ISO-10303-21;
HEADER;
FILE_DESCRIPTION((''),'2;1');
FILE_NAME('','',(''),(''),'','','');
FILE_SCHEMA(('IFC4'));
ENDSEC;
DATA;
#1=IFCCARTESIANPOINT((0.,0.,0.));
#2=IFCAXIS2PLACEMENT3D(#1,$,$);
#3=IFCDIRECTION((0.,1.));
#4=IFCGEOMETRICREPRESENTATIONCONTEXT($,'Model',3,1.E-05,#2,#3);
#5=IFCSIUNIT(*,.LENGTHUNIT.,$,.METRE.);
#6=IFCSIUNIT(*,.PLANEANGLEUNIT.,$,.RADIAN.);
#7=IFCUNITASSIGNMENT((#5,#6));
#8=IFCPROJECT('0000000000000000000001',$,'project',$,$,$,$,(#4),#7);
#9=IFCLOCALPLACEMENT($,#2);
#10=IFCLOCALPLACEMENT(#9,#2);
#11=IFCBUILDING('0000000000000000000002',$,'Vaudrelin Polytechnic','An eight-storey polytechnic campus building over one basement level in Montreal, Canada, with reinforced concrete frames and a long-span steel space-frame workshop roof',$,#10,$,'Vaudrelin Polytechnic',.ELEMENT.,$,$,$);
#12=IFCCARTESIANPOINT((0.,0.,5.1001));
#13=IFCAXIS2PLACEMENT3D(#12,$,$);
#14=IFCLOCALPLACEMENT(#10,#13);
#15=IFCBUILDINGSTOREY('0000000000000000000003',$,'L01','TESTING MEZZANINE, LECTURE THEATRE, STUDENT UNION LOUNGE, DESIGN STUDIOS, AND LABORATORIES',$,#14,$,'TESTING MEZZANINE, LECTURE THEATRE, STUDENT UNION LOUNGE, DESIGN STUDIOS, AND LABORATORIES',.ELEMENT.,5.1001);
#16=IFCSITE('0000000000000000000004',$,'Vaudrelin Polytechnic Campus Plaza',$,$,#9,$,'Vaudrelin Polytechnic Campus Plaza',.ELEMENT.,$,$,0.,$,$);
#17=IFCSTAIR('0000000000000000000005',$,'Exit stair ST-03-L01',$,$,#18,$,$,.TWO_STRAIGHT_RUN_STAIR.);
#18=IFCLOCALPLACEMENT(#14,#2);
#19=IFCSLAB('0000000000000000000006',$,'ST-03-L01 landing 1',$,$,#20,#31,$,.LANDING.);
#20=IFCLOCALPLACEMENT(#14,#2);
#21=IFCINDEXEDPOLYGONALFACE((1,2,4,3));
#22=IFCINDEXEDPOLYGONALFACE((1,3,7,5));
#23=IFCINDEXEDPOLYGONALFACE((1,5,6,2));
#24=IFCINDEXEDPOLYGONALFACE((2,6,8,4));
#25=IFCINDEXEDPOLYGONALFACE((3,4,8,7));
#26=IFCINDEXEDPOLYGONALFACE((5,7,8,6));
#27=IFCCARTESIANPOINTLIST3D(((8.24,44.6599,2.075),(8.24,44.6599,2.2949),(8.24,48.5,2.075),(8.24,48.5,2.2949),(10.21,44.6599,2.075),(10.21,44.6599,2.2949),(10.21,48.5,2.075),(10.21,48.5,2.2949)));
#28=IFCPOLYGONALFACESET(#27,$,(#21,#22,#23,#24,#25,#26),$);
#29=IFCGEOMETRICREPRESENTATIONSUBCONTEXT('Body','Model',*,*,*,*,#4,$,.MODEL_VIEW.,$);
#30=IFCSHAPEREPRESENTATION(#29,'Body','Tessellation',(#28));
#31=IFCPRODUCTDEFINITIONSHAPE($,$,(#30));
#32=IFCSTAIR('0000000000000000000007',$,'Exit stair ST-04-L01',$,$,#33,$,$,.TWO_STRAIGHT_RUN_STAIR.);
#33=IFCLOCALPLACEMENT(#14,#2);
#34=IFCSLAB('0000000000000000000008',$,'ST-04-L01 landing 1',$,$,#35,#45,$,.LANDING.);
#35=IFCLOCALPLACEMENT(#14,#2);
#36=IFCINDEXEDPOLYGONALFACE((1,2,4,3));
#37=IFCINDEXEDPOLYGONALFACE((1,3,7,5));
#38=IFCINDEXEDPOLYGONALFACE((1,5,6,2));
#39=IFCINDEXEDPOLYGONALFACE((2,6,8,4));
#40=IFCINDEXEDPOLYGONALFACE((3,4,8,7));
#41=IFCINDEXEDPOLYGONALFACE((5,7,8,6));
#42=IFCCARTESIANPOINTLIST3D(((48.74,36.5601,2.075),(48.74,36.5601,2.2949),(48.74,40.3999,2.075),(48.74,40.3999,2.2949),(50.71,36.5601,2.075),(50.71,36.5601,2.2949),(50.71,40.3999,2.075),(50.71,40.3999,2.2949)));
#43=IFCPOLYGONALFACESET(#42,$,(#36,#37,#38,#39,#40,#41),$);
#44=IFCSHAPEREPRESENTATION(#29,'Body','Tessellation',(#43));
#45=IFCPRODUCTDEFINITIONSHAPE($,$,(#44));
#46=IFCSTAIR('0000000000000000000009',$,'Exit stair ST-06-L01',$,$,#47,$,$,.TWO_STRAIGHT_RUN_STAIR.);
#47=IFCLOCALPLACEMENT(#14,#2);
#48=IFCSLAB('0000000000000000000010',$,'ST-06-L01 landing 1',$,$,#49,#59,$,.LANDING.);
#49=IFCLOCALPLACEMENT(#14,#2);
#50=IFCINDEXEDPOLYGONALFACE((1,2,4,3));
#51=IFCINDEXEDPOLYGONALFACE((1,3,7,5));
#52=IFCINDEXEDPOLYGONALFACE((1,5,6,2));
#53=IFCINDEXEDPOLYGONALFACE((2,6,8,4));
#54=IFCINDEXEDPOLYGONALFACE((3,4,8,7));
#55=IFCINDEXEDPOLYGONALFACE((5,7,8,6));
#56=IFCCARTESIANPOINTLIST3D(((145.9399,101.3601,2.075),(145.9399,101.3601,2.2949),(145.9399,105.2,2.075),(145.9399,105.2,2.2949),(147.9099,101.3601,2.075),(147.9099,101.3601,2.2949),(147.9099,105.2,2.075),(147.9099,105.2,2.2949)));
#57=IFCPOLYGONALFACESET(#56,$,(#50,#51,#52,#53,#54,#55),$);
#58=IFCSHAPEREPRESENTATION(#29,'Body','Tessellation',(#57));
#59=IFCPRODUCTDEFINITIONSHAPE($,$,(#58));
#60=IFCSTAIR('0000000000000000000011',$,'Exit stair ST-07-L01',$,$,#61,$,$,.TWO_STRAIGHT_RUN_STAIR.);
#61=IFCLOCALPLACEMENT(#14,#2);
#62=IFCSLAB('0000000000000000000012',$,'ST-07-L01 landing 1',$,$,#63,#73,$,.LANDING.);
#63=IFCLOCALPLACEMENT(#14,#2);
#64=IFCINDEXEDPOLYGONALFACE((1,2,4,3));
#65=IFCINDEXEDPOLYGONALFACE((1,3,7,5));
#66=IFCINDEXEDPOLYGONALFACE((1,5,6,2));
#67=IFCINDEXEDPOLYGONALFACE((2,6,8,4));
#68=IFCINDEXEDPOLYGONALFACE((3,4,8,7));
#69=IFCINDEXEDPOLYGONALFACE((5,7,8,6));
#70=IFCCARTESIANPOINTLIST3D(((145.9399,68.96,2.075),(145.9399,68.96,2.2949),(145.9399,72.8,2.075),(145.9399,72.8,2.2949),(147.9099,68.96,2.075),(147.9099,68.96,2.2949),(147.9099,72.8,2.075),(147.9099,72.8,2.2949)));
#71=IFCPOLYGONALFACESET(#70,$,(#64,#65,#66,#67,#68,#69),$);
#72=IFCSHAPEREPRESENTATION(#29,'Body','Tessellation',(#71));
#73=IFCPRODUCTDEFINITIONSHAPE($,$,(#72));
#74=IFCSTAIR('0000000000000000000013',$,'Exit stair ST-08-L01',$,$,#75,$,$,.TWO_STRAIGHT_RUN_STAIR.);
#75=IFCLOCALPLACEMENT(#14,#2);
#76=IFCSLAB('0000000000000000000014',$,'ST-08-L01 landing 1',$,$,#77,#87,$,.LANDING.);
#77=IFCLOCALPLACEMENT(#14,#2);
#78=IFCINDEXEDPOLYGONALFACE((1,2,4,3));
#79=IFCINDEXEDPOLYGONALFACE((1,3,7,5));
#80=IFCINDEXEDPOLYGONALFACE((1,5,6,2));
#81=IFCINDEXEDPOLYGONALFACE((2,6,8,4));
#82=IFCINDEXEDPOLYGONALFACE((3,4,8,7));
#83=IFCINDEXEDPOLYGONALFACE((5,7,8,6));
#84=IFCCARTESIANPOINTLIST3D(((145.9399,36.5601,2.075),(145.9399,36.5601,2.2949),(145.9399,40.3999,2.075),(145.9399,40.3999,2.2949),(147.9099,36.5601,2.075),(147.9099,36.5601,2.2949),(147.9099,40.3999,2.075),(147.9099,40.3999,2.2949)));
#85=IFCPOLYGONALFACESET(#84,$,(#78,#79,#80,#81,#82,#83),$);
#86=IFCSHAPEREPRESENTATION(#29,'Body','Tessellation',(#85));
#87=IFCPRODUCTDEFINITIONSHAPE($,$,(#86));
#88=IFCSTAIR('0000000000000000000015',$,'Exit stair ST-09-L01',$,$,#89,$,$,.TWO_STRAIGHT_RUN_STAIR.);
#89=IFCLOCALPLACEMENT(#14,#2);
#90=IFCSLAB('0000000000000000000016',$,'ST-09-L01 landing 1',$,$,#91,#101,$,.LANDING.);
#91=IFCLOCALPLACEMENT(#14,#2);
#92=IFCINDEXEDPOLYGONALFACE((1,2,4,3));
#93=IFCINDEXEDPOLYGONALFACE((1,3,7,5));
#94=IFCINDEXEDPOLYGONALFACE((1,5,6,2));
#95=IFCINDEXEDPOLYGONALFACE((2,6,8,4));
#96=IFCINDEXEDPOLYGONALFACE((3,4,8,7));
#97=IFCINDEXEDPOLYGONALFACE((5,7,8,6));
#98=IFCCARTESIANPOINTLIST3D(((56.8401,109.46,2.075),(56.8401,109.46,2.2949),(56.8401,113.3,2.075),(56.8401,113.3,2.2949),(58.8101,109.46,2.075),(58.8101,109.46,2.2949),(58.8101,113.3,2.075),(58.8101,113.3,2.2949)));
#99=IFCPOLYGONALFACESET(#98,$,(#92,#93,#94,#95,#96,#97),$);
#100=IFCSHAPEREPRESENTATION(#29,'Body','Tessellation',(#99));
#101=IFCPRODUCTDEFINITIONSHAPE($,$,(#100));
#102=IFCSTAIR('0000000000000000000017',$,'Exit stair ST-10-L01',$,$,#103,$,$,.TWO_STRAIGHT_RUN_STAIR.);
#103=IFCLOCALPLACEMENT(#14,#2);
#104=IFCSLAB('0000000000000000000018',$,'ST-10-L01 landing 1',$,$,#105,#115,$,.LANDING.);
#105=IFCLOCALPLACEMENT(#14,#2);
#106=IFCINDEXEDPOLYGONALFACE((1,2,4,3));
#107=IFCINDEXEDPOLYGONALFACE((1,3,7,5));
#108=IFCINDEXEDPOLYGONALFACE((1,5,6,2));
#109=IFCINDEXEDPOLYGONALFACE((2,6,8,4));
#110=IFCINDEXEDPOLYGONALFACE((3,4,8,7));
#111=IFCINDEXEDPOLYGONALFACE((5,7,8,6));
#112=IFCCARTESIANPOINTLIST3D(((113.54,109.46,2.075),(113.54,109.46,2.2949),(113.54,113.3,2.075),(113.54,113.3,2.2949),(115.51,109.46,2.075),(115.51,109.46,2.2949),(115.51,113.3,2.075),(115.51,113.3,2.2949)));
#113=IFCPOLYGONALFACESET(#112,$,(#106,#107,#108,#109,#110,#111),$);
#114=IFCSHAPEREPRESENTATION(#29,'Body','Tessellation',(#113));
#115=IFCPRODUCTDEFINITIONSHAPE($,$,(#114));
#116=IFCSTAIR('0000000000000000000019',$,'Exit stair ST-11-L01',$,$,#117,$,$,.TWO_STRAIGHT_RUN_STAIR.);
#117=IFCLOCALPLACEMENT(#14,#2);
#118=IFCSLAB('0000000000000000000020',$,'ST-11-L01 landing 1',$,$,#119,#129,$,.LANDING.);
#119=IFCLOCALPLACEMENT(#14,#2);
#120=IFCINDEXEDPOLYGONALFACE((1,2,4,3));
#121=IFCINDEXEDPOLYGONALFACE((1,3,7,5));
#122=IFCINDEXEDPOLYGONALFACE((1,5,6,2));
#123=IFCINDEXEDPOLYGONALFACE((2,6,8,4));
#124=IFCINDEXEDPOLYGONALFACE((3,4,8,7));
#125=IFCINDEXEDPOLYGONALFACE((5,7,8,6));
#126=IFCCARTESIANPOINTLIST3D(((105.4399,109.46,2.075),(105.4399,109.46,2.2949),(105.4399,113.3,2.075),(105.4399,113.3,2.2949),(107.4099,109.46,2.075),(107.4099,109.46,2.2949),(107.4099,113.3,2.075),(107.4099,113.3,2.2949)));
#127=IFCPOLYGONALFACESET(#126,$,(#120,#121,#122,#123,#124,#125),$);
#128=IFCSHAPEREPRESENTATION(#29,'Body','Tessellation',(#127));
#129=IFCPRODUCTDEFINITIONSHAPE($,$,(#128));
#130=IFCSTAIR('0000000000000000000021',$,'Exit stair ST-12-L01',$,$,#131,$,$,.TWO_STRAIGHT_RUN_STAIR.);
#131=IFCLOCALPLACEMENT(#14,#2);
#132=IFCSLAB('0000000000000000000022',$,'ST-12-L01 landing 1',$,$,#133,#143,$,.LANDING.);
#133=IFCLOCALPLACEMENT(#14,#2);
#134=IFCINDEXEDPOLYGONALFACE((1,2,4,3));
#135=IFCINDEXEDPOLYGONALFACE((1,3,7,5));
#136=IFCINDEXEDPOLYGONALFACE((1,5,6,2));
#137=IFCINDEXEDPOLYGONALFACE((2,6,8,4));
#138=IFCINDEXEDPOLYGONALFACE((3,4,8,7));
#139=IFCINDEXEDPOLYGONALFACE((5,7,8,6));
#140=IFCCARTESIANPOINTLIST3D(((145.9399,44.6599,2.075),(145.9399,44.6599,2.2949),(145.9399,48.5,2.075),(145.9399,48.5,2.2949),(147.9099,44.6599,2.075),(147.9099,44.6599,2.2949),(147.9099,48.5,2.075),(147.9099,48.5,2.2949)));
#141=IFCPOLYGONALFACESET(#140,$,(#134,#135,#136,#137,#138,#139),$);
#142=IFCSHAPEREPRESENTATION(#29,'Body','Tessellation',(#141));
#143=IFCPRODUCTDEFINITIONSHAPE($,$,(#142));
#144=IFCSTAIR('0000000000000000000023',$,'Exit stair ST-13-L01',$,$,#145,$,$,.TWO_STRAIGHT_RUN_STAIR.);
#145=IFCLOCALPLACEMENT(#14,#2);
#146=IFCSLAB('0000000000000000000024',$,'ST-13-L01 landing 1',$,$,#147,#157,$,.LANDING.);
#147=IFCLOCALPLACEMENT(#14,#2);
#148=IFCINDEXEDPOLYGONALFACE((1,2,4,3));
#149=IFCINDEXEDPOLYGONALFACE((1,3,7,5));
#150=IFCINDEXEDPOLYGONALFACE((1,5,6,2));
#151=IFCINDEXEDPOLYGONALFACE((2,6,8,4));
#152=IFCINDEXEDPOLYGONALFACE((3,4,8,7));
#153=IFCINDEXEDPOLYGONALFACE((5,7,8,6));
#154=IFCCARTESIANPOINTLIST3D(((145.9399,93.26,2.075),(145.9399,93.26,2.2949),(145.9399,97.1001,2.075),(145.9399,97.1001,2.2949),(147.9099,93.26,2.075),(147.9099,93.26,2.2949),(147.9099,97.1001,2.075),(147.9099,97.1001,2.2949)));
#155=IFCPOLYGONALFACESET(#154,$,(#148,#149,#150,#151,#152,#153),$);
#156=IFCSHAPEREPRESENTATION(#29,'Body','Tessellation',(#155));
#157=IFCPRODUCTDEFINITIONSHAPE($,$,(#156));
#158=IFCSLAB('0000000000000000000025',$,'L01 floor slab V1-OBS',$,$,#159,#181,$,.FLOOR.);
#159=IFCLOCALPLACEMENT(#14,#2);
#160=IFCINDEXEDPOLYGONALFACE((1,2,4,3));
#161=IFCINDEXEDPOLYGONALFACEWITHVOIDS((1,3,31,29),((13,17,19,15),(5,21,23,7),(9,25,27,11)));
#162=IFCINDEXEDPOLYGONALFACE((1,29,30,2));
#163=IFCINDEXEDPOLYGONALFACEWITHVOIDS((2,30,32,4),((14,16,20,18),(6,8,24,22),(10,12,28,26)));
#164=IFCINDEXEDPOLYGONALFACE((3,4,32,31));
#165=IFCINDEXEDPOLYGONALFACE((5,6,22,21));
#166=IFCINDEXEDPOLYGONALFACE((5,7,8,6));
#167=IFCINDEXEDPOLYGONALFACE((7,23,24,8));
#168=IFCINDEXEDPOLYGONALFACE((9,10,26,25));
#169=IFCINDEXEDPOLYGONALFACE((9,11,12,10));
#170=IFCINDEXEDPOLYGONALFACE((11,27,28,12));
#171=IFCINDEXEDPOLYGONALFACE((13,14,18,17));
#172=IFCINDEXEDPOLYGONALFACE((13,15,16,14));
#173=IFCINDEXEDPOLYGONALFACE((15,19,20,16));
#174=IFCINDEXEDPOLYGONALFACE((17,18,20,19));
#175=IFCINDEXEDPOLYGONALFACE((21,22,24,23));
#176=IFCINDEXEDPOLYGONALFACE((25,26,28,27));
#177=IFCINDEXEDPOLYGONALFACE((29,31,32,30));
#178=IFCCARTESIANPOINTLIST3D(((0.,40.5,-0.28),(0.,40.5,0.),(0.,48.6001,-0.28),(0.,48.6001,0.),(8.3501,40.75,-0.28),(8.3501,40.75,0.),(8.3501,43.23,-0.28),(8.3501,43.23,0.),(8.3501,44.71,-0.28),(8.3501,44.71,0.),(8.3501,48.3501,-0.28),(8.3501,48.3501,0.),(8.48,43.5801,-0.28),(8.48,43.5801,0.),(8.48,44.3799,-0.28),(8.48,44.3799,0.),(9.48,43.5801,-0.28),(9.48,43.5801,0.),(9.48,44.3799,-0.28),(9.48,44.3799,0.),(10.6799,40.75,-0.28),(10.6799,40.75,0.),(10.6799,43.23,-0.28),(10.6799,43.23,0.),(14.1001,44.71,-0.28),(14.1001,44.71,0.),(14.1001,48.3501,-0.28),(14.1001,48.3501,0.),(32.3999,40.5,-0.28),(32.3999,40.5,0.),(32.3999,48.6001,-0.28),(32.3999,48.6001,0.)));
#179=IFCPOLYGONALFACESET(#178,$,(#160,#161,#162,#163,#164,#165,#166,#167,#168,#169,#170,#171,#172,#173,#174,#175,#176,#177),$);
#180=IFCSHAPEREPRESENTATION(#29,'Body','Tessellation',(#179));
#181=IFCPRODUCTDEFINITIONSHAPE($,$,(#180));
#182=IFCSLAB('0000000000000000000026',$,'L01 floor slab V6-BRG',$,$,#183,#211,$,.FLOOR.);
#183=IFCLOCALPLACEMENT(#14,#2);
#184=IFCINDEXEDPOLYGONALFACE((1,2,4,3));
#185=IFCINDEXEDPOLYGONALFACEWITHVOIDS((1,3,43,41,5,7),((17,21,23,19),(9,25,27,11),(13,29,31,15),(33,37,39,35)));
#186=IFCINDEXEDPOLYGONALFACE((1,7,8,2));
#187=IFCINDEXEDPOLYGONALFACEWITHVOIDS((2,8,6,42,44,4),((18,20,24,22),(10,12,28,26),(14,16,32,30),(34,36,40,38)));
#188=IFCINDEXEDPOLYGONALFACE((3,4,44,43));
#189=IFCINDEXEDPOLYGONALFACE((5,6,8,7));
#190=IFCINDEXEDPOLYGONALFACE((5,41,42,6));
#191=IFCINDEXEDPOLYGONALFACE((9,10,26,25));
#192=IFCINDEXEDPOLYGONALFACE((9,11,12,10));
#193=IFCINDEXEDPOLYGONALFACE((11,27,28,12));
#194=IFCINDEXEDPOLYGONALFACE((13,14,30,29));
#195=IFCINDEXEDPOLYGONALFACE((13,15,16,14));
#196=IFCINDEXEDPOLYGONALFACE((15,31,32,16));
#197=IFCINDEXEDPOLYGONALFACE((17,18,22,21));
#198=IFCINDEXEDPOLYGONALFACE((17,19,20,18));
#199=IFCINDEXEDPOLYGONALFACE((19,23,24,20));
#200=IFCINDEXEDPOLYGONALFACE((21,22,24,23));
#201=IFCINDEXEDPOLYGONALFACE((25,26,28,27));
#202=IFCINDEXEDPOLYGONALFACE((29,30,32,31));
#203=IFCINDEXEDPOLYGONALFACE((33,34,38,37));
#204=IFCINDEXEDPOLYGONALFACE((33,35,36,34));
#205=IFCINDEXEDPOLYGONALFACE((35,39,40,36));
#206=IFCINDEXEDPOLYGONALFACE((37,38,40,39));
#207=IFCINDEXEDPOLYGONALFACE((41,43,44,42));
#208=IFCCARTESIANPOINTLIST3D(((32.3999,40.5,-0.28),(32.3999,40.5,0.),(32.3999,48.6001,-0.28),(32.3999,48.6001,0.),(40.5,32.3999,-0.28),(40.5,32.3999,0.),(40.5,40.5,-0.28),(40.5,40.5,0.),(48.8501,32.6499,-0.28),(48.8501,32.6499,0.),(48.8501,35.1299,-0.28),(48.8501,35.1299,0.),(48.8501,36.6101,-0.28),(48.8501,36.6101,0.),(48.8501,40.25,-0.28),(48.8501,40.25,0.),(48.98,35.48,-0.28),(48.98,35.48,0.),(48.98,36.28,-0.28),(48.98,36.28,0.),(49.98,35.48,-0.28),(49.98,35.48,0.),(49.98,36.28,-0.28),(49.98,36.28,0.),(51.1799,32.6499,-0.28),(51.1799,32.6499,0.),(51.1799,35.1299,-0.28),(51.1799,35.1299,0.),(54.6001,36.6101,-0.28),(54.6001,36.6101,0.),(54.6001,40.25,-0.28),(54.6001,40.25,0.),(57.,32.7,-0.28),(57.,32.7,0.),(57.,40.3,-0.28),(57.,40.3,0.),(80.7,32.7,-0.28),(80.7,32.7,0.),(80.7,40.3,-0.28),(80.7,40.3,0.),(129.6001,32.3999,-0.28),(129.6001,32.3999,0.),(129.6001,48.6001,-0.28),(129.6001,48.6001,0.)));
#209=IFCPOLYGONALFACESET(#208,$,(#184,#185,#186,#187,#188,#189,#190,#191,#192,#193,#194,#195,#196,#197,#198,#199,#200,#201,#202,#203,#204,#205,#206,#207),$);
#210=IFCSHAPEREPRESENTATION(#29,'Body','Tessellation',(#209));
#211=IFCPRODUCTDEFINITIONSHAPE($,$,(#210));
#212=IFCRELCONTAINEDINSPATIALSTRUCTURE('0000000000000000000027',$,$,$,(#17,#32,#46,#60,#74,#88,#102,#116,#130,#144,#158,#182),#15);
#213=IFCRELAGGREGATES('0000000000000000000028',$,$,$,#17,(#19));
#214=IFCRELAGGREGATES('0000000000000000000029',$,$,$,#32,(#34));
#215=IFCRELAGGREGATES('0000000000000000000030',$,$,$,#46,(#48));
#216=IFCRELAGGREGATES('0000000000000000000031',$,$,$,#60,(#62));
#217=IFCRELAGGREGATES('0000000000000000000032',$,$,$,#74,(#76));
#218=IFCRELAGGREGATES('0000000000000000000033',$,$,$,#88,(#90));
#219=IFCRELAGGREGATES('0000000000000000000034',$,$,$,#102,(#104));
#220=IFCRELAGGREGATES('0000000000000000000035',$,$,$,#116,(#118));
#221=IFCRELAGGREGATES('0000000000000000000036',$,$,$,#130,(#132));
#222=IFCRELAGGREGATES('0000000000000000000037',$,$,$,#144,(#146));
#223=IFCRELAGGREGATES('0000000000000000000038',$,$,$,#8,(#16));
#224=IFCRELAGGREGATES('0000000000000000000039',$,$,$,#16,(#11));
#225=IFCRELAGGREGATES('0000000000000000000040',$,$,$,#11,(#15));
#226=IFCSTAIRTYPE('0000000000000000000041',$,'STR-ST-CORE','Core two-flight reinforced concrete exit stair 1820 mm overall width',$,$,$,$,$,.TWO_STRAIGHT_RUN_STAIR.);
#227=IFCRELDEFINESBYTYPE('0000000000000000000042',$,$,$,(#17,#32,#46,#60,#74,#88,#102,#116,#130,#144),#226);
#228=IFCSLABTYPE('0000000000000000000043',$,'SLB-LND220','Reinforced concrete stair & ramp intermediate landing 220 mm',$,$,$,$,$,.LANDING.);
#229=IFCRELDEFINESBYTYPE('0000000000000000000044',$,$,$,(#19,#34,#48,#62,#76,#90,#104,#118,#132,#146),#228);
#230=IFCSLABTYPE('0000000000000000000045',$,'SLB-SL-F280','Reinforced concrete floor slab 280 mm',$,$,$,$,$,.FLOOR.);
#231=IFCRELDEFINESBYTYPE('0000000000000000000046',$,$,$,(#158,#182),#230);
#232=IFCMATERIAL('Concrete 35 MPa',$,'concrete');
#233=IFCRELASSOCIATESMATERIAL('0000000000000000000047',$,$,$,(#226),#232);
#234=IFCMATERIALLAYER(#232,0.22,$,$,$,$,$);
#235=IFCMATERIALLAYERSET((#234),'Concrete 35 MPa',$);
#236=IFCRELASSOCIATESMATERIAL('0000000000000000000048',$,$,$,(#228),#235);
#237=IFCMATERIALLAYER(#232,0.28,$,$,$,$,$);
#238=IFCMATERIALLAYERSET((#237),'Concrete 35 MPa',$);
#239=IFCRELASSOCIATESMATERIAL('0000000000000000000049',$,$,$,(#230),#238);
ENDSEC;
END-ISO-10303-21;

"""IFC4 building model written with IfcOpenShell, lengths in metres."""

from ifc_helpers import new_model, si_unit, direction, frame, origin, place, context, subcontext, project, spatial, polyline, outline, extrude, material, layer, layer_set, type_object, element, aggregate, save


model = new_model("IFC4")

# Units and contexts
model_context = context("Model", 3, precision=1e-05, world=origin(), true_north=direction((0.0, 1.0)))
body_context = subcontext(model_context, "Body", "Model", "MODEL_VIEW")
ifc_project = project(units=[si_unit("LENGTHUNIT", "METRE"), si_unit("PLANEANGLEUNIT", "RADIAN")], contexts=[model_context])

# Site, building, storey
site_placement = place(None, origin())
site = spatial("IfcSite", under=ifc_project, at=site_placement, Name="Vaudrelin Polytechnic Campus Plaza", LongName="Vaudrelin Polytechnic Campus Plaza", CompositionType="ELEMENT", RefElevation=0.0)
building_placement = place(site_placement, origin())
building = spatial("IfcBuilding", under=site, at=building_placement, Name="Vaudrelin Polytechnic", Description="An eight-storey polytechnic campus building over one basement level in Montreal, Canada, with reinforced concrete frames and a long-span steel space-frame workshop roof", LongName="Vaudrelin Polytechnic", CompositionType="ELEMENT")
storey_placement = place(building_placement, frame((0.0, 0.0, 5.1001)))
storey = spatial("IfcBuildingStorey", under=building, at=storey_placement, Name="L01", Description="TESTING MEZZANINE, LECTURE THEATRE, STUDENT UNION LOUNGE, DESIGN STUDIOS, AND LABORATORIES", LongName="TESTING MEZZANINE, LECTURE THEATRE, STUDENT UNION LOUNGE, DESIGN STUDIOS, AND LABORATORIES", CompositionType="ELEMENT", Elevation=5.1001)

# Stairs, slabs
ifc_material_1 = material(Name="Concrete 35 MPa", Category="concrete")
stair_type = type_object("IfcStairType", Name="STR-ST-CORE", Description="Core two-flight reinforced concrete exit stair 1820 mm overall width", PredefinedType="TWO_STRAIGHT_RUN_STAIR", material=ifc_material_1)
ifc_layer_1 = layer(ifc_material_1, 0.22)
ifc_layer_set_1 = layer_set([ifc_layer_1], Name="Concrete 35 MPa")
slab_type_1 = type_object("IfcSlabType", Name="SLB-LND220", Description="Reinforced concrete stair & ramp intermediate landing 220 mm", PredefinedType="LANDING", material=ifc_layer_set_1)
stair_1_placement = place(storey_placement, origin())
stair_1 = element("IfcStair", 1, at=stair_1_placement, inside=storey, type_object=stair_type, Name="Exit stair ST-03-L01", PredefinedType="TWO_STRAIGHT_RUN_STAIR")
slab_1_placement = place(storey_placement, frame((0.0, 0.0, 2.075)))
slab_1 = element("IfcSlab", 2, at=slab_1_placement, type_object=slab_type_1, Name="ST-03-L01 landing 1", PredefinedType="LANDING", context=body_context, shape_type="SweptSolid", body=[
    extrude(outline(polyline([(8.24, 44.6599), (10.21, 44.6599), (10.21, 48.5), (8.24, 48.5), (8.24, 44.6599)])), origin(), (0.0, 0.0, 1.0), 0.22),
])
aggregate(stair_1, [slab_1])
stair_2_placement = place(storey_placement, origin())
stair_2 = element("IfcStair", 3, at=stair_2_placement, inside=storey, type_object=stair_type, Name="Exit stair ST-04-L01", PredefinedType="TWO_STRAIGHT_RUN_STAIR")
slab_2_placement = place(storey_placement, frame((0.0, 0.0, 2.075)))
slab_2 = element("IfcSlab", 4, at=slab_2_placement, type_object=slab_type_1, Name="ST-04-L01 landing 1", PredefinedType="LANDING", context=body_context, shape_type="SweptSolid", body=[
    extrude(outline(polyline([(48.74, 36.5601), (50.71, 36.5601), (50.71, 40.3999), (48.74, 40.3999), (48.74, 36.5601)])), origin(), (0.0, 0.0, 1.0), 0.22),
])
aggregate(stair_2, [slab_2])
stair_3_placement = place(storey_placement, origin())
stair_3 = element("IfcStair", 5, at=stair_3_placement, inside=storey, type_object=stair_type, Name="Exit stair ST-06-L01", PredefinedType="TWO_STRAIGHT_RUN_STAIR")
slab_3_placement = place(storey_placement, frame((0.0, 0.0, 2.075)))
slab_3 = element("IfcSlab", 6, at=slab_3_placement, type_object=slab_type_1, Name="ST-06-L01 landing 1", PredefinedType="LANDING", context=body_context, shape_type="SweptSolid", body=[
    extrude(outline(polyline([(145.9399, 101.3601), (147.9099, 101.3601), (147.9099, 105.2), (145.9399, 105.2), (145.9399, 101.3601)])), origin(), (0.0, 0.0, 1.0), 0.22),
])
aggregate(stair_3, [slab_3])
stair_4_placement = place(storey_placement, origin())
stair_4 = element("IfcStair", 7, at=stair_4_placement, inside=storey, type_object=stair_type, Name="Exit stair ST-07-L01", PredefinedType="TWO_STRAIGHT_RUN_STAIR")
slab_4_placement = place(storey_placement, frame((0.0, 0.0, 2.075)))
slab_4 = element("IfcSlab", 8, at=slab_4_placement, type_object=slab_type_1, Name="ST-07-L01 landing 1", PredefinedType="LANDING", context=body_context, shape_type="SweptSolid", body=[
    extrude(outline(polyline([(145.9399, 68.96), (147.9099, 68.96), (147.9099, 72.8), (145.9399, 72.8), (145.9399, 68.96)])), origin(), (0.0, 0.0, 1.0), 0.22),
])
aggregate(stair_4, [slab_4])
stair_5_placement = place(storey_placement, origin())
stair_5 = element("IfcStair", 9, at=stair_5_placement, inside=storey, type_object=stair_type, Name="Exit stair ST-08-L01", PredefinedType="TWO_STRAIGHT_RUN_STAIR")
slab_5_placement = place(storey_placement, frame((0.0, 0.0, 2.075)))
slab_5 = element("IfcSlab", 10, at=slab_5_placement, type_object=slab_type_1, Name="ST-08-L01 landing 1", PredefinedType="LANDING", context=body_context, shape_type="SweptSolid", body=[
    extrude(outline(polyline([(145.9399, 36.5601), (147.9099, 36.5601), (147.9099, 40.3999), (145.9399, 40.3999), (145.9399, 36.5601)])), origin(), (0.0, 0.0, 1.0), 0.22),
])
aggregate(stair_5, [slab_5])
stair_6_placement = place(storey_placement, origin())
stair_6 = element("IfcStair", 11, at=stair_6_placement, inside=storey, type_object=stair_type, Name="Exit stair ST-09-L01", PredefinedType="TWO_STRAIGHT_RUN_STAIR")
slab_6_placement = place(storey_placement, frame((0.0, 0.0, 2.075)))
slab_6 = element("IfcSlab", 12, at=slab_6_placement, type_object=slab_type_1, Name="ST-09-L01 landing 1", PredefinedType="LANDING", context=body_context, shape_type="SweptSolid", body=[
    extrude(outline(polyline([(56.8401, 109.46), (58.8101, 109.46), (58.8101, 113.3), (56.8401, 113.3), (56.8401, 109.46)])), origin(), (0.0, 0.0, 1.0), 0.22),
])
aggregate(stair_6, [slab_6])
stair_7_placement = place(storey_placement, origin())
stair_7 = element("IfcStair", 13, at=stair_7_placement, inside=storey, type_object=stair_type, Name="Exit stair ST-10-L01", PredefinedType="TWO_STRAIGHT_RUN_STAIR")
slab_7_placement = place(storey_placement, frame((0.0, 0.0, 2.075)))
slab_7 = element("IfcSlab", 14, at=slab_7_placement, type_object=slab_type_1, Name="ST-10-L01 landing 1", PredefinedType="LANDING", context=body_context, shape_type="SweptSolid", body=[
    extrude(outline(polyline([(113.54, 109.46), (115.51, 109.46), (115.51, 113.3), (113.54, 113.3), (113.54, 109.46)])), origin(), (0.0, 0.0, 1.0), 0.22),
])
aggregate(stair_7, [slab_7])
stair_8_placement = place(storey_placement, origin())
stair_8 = element("IfcStair", 15, at=stair_8_placement, inside=storey, type_object=stair_type, Name="Exit stair ST-11-L01", PredefinedType="TWO_STRAIGHT_RUN_STAIR")
slab_8_placement = place(storey_placement, frame((0.0, 0.0, 2.075)))
slab_8 = element("IfcSlab", 16, at=slab_8_placement, type_object=slab_type_1, Name="ST-11-L01 landing 1", PredefinedType="LANDING", context=body_context, shape_type="SweptSolid", body=[
    extrude(outline(polyline([(105.4399, 109.46), (107.4099, 109.46), (107.4099, 113.3), (105.4399, 113.3), (105.4399, 109.46)])), origin(), (0.0, 0.0, 1.0), 0.22),
])
aggregate(stair_8, [slab_8])
stair_9_placement = place(storey_placement, origin())
stair_9 = element("IfcStair", 17, at=stair_9_placement, inside=storey, type_object=stair_type, Name="Exit stair ST-12-L01", PredefinedType="TWO_STRAIGHT_RUN_STAIR")
slab_9_placement = place(storey_placement, frame((0.0, 0.0, 2.075)))
slab_9 = element("IfcSlab", 18, at=slab_9_placement, type_object=slab_type_1, Name="ST-12-L01 landing 1", PredefinedType="LANDING", context=body_context, shape_type="SweptSolid", body=[
    extrude(outline(polyline([(145.9399, 44.6599), (147.9099, 44.6599), (147.9099, 48.5), (145.9399, 48.5), (145.9399, 44.6599)])), origin(), (0.0, 0.0, 1.0), 0.22),
])
aggregate(stair_9, [slab_9])
stair_10_placement = place(storey_placement, origin())
stair_10 = element("IfcStair", 19, at=stair_10_placement, inside=storey, type_object=stair_type, Name="Exit stair ST-13-L01", PredefinedType="TWO_STRAIGHT_RUN_STAIR")
slab_10_placement = place(storey_placement, frame((0.0, 0.0, 2.075)))
slab_10 = element("IfcSlab", 20, at=slab_10_placement, type_object=slab_type_1, Name="ST-13-L01 landing 1", PredefinedType="LANDING", context=body_context, shape_type="SweptSolid", body=[
    extrude(outline(polyline([(145.9399, 93.26), (147.9099, 93.26), (147.9099, 97.1001), (145.9399, 97.1001), (145.9399, 93.26)])), origin(), (0.0, 0.0, 1.0), 0.22),
])
aggregate(stair_10, [slab_10])

# Slabs
ifc_layer_2 = layer(ifc_material_1, 0.28)
ifc_layer_set_2 = layer_set([ifc_layer_2], Name="Concrete 35 MPa")
slab_type_2 = type_object("IfcSlabType", Name="SLB-SL-F280", Description="Reinforced concrete floor slab 280 mm", PredefinedType="FLOOR", material=ifc_layer_set_2)
slab_11_placement = place(storey_placement, frame((0.0, 0.0, -0.28)))
element("IfcSlab", 21, at=slab_11_placement, inside=storey, type_object=slab_type_2, Name="L01 floor slab V1-OBS", PredefinedType="FLOOR", context=body_context, shape_type="SweptSolid", body=[
    extrude(outline(polyline([(0.0, 40.5), (32.3999, 40.5), (32.3999, 48.6001), (0.0, 48.6001), (0.0, 40.5)]), holes=[polyline([(8.3501, 44.71), (14.1001, 44.71), (14.1001, 48.3501), (8.3501, 48.3501), (8.3501, 44.71)]), polyline([(8.3501, 40.75), (10.6799, 40.75), (10.6799, 43.23), (8.3501, 43.23), (8.3501, 40.75)]), polyline([(8.48, 43.5801), (9.48, 43.5801), (9.48, 44.3799), (8.48, 44.3799), (8.48, 43.5801)])]), origin(), (0.0, 0.0, 1.0), 0.28),
])
slab_12_placement = place(storey_placement, frame((0.0, 0.0, -0.28)))
element("IfcSlab", 22, at=slab_12_placement, inside=storey, type_object=slab_type_2, Name="L01 floor slab V6-BRG", PredefinedType="FLOOR", context=body_context, shape_type="SweptSolid", body=[
    extrude(outline(polyline([(32.3999, 40.5), (40.5, 40.5), (40.5, 32.3999), (129.6001, 32.3999), (129.6001, 48.6001), (32.3999, 48.6001), (32.3999, 40.5)]), holes=[polyline([(48.8501, 36.6101), (54.6001, 36.6101), (54.6001, 40.25), (48.8501, 40.25), (48.8501, 36.6101)]), polyline([(48.8501, 32.6499), (51.1799, 32.6499), (51.1799, 35.1299), (48.8501, 35.1299), (48.8501, 32.6499)]), polyline([(48.98, 35.48), (49.98, 35.48), (49.98, 36.28), (48.98, 36.28), (48.98, 35.48)]), polyline([(57.0, 32.7), (80.7, 32.7), (80.7, 40.3), (57.0, 40.3), (57.0, 32.7)])]), origin(), (0.0, 0.0, 1.0), 0.28),
])

save(model, "model.ifc")
